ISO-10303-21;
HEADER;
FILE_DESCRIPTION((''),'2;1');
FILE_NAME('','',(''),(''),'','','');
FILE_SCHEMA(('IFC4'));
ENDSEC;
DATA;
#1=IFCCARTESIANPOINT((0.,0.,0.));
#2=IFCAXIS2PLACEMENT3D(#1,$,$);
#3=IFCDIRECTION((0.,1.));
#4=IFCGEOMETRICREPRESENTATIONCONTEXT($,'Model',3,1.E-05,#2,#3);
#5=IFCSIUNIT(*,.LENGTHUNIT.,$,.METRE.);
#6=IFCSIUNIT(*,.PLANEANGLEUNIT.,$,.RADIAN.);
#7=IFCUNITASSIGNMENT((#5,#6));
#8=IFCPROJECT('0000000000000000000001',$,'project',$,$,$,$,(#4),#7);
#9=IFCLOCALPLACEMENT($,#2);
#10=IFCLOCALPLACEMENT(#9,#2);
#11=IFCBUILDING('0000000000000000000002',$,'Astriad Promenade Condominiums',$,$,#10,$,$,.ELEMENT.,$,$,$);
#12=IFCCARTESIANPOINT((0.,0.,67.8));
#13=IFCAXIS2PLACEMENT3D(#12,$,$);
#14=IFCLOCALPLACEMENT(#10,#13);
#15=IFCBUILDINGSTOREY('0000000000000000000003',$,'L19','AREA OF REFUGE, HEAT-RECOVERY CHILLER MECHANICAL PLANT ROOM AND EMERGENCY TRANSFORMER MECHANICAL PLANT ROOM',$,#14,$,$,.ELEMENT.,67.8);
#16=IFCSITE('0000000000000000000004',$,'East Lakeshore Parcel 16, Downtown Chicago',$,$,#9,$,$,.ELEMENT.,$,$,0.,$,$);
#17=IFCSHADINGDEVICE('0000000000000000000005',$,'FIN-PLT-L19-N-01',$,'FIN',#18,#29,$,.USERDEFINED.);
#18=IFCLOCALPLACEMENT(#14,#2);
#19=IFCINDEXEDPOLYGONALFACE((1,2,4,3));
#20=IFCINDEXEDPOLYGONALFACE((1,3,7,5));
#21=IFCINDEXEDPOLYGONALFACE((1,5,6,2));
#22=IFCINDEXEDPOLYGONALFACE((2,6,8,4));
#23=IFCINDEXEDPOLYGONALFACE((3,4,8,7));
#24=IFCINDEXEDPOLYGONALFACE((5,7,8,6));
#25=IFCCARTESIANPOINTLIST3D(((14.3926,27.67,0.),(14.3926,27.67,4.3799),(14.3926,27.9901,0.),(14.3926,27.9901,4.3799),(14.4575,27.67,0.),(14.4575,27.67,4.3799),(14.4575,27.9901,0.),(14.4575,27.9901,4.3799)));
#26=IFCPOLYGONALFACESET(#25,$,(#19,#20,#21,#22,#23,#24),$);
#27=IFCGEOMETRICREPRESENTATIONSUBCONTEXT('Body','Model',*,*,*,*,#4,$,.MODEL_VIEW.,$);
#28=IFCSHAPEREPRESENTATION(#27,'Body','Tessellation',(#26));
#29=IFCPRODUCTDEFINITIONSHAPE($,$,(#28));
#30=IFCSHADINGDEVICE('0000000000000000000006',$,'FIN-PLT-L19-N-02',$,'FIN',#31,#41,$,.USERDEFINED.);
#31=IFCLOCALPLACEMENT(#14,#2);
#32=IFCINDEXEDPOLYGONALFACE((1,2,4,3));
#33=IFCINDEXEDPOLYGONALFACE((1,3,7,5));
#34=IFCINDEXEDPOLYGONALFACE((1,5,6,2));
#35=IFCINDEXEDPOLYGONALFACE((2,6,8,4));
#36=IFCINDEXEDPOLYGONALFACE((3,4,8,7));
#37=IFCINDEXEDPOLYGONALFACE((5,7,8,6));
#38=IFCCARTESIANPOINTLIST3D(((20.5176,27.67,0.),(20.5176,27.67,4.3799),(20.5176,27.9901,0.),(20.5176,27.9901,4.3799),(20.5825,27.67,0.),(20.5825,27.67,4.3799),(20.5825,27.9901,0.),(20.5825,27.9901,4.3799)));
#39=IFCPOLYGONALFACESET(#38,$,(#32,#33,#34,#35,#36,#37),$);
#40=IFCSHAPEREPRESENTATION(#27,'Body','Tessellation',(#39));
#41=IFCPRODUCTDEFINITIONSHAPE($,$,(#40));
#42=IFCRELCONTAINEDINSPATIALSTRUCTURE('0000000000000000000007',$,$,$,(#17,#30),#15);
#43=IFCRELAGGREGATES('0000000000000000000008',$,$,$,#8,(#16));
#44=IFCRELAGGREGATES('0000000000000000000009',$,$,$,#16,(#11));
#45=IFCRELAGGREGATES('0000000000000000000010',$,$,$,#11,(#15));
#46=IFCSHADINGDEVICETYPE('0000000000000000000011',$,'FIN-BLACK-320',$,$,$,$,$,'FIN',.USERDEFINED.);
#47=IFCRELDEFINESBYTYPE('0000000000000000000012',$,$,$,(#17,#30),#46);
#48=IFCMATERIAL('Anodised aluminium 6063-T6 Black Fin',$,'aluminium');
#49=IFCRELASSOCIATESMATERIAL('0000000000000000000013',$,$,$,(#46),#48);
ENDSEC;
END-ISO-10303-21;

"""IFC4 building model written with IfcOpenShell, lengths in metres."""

from ifc_helpers import new_model, si_unit, direction, frame, origin, origin_2d, place, context, subcontext, project, spatial, rectangle, extrude, source, transform, mapped, material, type_object, type_shapes, element, save


model = new_model("IFC4")

# Units and contexts
model_context = context("Model", 3, precision=1e-05, world=origin(), true_north=direction((0.0, 1.0)))
body_context = subcontext(model_context, "Body", "Model", "MODEL_VIEW")
ifc_project = project(units=[si_unit("LENGTHUNIT", "METRE"), si_unit("PLANEANGLEUNIT", "RADIAN")], contexts=[model_context])

# Site, building, storey
site_placement = place(None, origin())
site = spatial("IfcSite", under=ifc_project, at=site_placement, Name="East Lakeshore Parcel 16, Downtown Chicago", CompositionType="ELEMENT", RefElevation=0.0)
building_placement = place(site_placement, origin())
building = spatial("IfcBuilding", under=site, at=building_placement, Name="Astriad Promenade Condominiums", CompositionType="ELEMENT")
storey_placement = place(building_placement, frame((0.0, 0.0, 67.8)))
storey = spatial("IfcBuildingStorey", under=building, at=storey_placement, Name="L19", Description="AREA OF REFUGE, HEAT-RECOVERY CHILLER MECHANICAL PLANT ROOM AND EMERGENCY TRANSFORMER MECHANICAL PLANT ROOM", CompositionType="ELEMENT", Elevation=67.8)

# Shading devices
ifc_material_1 = material(Name="Anodised aluminium 6063-T6 Black Fin", Category="aluminium")
shading_device_type_1 = type_object("IfcShadingDeviceType", Name="FIN-BLACK-320", ElementType="FIN", PredefinedType="USERDEFINED", material=ifc_material_1)
shared_shape_1 = source(origin(), body_context, "Body", "SweptSolid", [
    extrude(rectangle(XDim=0.0649, YDim=0.3201, at=origin_2d()), origin(), (0.0, 0.0, 1.0), 4.3799),
])
type_shapes(shading_device_type_1, [shared_shape_1])
for number, where, z_axis, x_axis, name in (
    (1, (14.425, 27.8301, 0.0), (0.0, 0.0, 1.0), (1.0, 0.0, 0.0), "FIN-PLT-L19-N-01"),
    (2, (20.55, 27.8301, 0.0), (0.0, 0.0, 1.0), (1.0, 0.0, 0.0), "FIN-PLT-L19-N-02"),
):
    element("IfcShadingDevice", number, at=place(storey_placement, frame(where, z_axis=z_axis, x_axis=x_axis)), inside=storey, type_object=shading_device_type_1, Name=name, ObjectType="FIN", PredefinedType="USERDEFINED", context=body_context, shape_type="MappedRepresentation", body=[
        mapped(shared_shape_1, transform((0.0, 0.0, 0.0), scale=1.0)),
    ])

save(model, "model.ifc")
